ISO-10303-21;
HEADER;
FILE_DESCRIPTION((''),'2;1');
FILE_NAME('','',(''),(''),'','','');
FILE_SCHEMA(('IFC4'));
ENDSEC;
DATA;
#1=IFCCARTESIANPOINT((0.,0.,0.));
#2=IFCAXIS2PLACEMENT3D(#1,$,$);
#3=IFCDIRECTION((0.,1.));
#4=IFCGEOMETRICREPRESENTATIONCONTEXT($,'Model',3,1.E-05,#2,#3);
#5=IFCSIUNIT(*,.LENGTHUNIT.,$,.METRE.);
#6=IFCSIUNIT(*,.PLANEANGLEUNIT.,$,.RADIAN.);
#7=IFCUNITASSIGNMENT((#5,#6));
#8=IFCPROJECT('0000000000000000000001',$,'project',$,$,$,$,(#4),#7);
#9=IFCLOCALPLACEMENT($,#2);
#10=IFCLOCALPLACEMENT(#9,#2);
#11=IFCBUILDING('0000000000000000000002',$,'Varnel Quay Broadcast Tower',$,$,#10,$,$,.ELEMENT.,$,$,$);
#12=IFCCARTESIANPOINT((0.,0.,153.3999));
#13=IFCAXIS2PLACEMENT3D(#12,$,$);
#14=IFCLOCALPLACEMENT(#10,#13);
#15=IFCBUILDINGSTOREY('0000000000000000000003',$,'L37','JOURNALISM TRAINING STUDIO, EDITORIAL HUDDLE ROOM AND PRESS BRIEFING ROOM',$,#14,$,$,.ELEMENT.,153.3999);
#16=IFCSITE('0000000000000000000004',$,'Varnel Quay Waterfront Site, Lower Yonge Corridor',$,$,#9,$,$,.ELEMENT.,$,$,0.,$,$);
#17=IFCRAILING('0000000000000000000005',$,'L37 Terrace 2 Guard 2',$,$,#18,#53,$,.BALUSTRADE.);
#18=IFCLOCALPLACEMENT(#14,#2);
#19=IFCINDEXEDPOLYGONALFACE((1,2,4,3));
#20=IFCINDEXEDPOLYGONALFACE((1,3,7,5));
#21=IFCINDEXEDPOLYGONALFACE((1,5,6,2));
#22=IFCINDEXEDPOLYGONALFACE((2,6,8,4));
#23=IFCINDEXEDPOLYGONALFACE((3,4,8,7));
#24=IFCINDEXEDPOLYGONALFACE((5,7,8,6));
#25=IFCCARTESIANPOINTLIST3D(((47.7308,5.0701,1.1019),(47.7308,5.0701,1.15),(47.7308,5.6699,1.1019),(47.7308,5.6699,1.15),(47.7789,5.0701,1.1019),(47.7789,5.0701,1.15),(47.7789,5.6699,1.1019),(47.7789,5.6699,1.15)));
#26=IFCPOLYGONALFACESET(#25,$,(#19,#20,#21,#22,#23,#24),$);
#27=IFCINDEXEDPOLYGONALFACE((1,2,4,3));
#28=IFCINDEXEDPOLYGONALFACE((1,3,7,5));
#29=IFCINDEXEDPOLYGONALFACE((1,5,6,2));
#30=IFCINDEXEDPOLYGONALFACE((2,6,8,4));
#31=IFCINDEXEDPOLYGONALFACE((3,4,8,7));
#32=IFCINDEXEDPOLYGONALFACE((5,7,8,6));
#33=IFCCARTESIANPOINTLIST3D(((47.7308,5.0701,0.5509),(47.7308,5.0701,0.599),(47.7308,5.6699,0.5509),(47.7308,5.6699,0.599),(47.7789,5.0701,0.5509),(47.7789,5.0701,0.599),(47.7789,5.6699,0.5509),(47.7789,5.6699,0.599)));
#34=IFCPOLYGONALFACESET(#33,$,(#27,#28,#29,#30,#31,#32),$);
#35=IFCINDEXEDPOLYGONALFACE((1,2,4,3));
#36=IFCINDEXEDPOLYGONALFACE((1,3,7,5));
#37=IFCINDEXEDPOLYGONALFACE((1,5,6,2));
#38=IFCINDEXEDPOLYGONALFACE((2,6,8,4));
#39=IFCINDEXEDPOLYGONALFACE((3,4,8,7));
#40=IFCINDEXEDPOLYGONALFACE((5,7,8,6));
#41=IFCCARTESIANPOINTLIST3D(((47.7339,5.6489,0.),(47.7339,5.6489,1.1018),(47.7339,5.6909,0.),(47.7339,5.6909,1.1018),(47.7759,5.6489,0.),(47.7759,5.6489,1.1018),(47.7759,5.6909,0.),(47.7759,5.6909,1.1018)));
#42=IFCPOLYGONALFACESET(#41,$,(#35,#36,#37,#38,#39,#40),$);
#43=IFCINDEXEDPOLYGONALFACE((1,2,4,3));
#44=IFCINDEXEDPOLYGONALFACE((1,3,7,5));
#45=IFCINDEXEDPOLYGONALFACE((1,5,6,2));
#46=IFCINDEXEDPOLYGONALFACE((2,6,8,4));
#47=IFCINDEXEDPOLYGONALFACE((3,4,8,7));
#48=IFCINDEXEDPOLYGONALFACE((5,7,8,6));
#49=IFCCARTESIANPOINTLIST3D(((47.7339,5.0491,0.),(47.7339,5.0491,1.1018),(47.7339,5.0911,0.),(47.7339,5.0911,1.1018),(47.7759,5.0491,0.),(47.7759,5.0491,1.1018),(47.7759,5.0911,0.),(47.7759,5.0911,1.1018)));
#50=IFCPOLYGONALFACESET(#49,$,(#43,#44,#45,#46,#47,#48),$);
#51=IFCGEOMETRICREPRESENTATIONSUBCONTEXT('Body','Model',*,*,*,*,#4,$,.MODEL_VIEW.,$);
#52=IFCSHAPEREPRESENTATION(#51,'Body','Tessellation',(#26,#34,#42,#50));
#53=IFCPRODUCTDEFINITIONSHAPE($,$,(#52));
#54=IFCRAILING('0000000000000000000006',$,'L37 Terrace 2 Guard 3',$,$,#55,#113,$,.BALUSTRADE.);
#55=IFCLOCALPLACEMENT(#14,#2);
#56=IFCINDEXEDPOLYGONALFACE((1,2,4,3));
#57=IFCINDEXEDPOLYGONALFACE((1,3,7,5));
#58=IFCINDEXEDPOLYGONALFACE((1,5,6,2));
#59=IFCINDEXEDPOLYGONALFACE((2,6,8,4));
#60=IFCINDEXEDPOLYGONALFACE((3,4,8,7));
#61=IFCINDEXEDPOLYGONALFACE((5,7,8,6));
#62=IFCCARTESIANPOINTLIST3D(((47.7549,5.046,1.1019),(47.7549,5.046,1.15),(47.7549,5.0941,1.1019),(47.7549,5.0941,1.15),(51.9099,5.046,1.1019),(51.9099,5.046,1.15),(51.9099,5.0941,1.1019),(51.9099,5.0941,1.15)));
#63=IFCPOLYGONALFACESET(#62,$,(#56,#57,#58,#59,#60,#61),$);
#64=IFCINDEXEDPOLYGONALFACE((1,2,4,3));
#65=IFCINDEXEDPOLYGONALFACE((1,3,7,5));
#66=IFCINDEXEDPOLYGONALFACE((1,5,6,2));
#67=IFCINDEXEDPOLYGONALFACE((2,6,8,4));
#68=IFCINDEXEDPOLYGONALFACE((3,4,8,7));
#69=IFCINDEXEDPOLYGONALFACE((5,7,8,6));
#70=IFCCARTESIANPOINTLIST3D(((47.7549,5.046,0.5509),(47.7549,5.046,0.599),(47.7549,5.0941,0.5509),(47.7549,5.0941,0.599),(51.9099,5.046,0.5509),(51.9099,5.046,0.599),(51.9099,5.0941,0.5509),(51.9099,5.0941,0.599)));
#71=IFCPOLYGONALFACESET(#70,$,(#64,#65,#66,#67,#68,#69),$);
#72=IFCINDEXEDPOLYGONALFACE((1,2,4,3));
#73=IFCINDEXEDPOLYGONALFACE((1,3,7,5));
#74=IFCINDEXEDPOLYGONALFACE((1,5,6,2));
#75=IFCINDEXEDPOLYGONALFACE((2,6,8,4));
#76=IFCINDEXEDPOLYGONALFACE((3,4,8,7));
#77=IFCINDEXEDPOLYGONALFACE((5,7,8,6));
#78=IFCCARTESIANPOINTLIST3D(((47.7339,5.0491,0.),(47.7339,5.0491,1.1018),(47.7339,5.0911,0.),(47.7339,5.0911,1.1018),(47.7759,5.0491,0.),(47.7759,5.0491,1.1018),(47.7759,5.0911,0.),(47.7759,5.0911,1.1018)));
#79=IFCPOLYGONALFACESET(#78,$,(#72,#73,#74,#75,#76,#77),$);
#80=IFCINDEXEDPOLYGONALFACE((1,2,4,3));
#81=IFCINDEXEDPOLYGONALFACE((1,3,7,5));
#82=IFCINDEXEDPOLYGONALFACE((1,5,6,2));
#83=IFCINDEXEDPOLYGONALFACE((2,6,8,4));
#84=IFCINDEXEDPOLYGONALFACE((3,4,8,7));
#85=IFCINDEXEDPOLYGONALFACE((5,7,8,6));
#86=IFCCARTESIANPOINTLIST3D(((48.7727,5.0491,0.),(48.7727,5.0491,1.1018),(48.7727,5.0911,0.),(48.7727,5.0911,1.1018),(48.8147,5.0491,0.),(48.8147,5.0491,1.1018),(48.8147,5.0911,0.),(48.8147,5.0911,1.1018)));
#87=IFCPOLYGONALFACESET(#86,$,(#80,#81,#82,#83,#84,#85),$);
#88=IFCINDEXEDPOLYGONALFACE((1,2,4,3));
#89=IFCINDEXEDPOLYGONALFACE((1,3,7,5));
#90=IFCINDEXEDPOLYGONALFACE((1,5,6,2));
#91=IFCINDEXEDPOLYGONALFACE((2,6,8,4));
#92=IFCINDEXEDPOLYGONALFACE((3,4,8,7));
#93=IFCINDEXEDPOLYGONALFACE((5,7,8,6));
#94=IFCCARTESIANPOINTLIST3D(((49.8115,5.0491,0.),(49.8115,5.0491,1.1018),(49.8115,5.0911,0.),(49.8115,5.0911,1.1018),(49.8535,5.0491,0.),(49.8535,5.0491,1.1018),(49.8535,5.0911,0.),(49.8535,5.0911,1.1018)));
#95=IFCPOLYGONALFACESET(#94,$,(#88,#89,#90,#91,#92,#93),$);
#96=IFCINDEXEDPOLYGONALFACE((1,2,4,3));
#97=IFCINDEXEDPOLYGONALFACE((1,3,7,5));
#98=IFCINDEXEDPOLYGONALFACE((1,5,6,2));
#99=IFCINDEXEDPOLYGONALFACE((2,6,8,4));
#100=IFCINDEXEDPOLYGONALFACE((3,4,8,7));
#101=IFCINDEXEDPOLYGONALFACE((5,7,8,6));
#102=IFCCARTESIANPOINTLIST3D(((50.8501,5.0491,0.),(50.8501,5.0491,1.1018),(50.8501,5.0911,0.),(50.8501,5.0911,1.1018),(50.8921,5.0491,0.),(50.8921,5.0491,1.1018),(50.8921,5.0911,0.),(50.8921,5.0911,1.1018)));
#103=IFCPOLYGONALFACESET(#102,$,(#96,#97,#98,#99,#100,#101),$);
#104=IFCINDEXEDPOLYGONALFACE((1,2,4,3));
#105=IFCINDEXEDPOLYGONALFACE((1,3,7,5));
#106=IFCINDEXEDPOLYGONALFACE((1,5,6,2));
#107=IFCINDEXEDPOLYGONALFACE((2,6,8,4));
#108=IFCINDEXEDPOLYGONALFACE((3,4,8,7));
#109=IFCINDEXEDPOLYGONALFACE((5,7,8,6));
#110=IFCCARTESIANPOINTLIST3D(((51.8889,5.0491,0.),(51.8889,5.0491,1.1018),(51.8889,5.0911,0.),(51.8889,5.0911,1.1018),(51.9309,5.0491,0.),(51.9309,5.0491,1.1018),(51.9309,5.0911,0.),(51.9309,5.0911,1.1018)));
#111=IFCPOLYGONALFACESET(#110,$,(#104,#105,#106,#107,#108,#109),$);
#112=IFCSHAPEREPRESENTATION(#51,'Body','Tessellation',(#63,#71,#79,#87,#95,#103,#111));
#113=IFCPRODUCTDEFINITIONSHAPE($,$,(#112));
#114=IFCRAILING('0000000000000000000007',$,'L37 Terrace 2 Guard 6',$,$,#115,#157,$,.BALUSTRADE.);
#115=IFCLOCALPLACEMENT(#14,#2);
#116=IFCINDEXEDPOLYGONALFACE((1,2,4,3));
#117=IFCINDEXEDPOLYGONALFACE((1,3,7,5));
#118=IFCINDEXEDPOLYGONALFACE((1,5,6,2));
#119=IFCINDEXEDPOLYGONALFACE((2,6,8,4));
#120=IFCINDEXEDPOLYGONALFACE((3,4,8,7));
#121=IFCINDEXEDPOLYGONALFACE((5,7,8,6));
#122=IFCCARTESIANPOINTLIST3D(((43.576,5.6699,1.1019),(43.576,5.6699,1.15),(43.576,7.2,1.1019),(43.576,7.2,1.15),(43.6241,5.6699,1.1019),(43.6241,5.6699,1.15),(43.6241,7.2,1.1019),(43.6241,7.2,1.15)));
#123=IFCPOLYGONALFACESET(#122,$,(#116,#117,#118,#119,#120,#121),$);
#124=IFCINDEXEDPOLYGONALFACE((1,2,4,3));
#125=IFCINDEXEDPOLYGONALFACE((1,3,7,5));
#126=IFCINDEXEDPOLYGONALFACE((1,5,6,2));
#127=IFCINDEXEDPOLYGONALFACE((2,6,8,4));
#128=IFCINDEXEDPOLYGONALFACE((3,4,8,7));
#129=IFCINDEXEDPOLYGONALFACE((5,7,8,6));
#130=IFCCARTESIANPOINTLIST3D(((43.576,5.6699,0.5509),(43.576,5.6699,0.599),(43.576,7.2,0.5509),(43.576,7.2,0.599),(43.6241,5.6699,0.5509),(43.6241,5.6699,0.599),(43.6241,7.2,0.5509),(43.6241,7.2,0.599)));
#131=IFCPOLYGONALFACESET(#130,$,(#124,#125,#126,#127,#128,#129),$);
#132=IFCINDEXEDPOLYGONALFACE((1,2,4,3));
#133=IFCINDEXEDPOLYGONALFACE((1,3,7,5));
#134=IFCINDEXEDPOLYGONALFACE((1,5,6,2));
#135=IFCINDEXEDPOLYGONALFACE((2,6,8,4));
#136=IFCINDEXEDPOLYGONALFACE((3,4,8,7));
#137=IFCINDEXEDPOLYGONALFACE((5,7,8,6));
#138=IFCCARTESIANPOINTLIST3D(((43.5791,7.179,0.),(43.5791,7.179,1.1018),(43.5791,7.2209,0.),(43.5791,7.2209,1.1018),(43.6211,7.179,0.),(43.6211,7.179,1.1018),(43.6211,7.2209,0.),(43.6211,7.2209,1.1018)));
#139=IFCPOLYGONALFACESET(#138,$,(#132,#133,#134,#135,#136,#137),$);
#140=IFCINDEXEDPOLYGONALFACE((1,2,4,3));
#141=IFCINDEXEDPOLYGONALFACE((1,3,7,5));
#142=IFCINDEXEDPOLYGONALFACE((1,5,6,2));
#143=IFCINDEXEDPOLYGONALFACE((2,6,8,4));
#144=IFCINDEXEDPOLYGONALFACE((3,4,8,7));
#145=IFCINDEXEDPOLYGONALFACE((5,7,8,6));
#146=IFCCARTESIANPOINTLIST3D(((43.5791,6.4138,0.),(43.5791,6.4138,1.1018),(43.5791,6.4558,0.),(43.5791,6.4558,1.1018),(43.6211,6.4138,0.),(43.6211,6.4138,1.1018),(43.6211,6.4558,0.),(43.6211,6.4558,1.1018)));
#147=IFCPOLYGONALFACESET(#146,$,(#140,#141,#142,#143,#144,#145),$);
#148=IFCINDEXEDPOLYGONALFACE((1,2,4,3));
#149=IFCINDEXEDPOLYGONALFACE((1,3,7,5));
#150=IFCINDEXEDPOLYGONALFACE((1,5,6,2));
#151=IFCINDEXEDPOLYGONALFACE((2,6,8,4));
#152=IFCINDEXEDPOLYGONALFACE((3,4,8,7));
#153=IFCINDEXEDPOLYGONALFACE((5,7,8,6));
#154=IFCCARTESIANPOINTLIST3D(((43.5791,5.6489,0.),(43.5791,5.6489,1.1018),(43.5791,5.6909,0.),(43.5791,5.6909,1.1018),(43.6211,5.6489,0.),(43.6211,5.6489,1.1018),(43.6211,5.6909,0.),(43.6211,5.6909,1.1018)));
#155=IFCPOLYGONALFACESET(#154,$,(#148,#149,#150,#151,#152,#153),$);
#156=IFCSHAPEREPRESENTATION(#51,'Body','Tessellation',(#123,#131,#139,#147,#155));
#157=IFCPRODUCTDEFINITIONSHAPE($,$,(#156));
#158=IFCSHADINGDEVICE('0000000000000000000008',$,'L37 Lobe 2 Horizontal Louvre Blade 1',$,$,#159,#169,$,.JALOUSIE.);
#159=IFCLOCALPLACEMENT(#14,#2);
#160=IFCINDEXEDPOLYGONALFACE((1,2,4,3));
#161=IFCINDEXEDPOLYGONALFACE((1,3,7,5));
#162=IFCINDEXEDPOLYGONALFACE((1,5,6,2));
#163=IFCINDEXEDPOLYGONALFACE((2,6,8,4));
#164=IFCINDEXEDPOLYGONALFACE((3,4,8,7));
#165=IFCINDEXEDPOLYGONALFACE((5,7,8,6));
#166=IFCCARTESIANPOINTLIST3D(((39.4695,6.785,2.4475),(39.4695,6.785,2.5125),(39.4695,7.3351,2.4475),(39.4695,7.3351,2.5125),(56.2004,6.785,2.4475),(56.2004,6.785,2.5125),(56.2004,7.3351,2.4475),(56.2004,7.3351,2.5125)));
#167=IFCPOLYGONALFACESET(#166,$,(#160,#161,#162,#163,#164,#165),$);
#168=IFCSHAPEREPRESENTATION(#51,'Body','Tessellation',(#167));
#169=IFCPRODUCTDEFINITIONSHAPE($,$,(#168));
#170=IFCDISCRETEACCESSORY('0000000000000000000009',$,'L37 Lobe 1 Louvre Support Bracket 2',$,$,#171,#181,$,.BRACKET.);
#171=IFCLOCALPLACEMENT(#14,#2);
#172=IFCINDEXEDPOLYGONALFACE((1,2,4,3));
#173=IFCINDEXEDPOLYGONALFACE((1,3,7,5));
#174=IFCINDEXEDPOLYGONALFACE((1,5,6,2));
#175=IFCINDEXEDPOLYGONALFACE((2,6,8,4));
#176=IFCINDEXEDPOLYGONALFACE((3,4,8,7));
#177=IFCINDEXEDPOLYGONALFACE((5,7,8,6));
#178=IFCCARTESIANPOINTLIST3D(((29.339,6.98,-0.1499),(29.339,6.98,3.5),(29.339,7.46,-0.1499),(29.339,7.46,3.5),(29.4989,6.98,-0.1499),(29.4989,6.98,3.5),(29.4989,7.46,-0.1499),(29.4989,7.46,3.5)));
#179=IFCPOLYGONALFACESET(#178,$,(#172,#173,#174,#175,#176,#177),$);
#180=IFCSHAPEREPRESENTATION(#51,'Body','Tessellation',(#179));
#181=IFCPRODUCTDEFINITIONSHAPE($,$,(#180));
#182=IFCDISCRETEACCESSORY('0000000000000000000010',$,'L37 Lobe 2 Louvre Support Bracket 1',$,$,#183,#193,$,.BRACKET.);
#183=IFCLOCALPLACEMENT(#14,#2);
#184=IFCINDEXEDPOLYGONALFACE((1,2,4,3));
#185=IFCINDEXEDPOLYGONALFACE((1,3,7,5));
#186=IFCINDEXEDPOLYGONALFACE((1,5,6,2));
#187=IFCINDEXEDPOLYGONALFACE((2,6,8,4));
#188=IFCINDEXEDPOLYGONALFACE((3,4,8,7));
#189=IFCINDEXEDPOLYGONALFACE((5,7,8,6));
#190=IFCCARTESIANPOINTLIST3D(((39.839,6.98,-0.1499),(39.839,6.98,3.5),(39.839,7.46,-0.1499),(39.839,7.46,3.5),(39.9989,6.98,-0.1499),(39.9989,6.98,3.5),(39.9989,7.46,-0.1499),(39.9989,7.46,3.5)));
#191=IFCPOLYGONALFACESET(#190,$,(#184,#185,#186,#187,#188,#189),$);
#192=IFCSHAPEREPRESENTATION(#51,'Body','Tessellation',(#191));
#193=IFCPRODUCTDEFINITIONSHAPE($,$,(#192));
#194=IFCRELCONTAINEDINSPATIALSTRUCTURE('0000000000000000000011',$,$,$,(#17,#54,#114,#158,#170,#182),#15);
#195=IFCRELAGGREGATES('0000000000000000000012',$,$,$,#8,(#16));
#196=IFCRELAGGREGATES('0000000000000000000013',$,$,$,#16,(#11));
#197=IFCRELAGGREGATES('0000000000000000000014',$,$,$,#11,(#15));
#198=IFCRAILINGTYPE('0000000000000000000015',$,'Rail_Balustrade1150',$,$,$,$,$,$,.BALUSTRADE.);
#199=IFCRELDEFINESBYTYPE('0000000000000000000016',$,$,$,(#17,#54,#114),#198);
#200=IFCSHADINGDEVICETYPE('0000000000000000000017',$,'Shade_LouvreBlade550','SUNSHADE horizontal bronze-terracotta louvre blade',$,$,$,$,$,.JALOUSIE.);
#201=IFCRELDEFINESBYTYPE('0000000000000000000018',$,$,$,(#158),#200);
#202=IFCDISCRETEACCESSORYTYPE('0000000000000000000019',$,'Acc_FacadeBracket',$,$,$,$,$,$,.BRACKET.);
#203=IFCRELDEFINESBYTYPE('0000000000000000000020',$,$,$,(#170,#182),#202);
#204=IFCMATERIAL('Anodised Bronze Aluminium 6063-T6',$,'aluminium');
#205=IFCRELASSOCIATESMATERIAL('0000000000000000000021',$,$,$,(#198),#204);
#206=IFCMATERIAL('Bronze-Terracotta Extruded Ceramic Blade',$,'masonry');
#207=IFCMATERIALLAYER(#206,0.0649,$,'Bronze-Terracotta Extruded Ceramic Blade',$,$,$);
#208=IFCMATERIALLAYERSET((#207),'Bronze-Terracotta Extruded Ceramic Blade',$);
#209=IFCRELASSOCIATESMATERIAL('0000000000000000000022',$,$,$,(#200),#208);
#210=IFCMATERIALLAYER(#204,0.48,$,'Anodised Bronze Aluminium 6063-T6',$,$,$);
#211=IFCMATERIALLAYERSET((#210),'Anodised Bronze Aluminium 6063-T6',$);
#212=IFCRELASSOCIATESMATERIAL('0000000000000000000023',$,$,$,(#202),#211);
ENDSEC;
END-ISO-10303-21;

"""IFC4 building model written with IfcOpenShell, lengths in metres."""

from ifc_helpers import new_model, si_unit, direction, frame, origin, origin_2d, place, context, subcontext, project, spatial, rectangle, extrude, source, transform, mapped, material, layer, layer_set, type_object, type_shapes, element, save


model = new_model("IFC4")

# Units and contexts
model_context = context("Model", 3, precision=1e-05, world=origin(), true_north=direction((0.0, 1.0)))
body_context = subcontext(model_context, "Body", "Model", "MODEL_VIEW")
ifc_project = project(units=[si_unit("LENGTHUNIT", "METRE"), si_unit("PLANEANGLEUNIT", "RADIAN")], contexts=[model_context])

# Site, building, storey
site_placement = place(None, origin())
site = spatial("IfcSite", under=ifc_project, at=site_placement, Name="Varnel Quay Waterfront Site, Lower Yonge Corridor", CompositionType="ELEMENT", RefElevation=0.0)
building_placement = place(site_placement, origin())
building = spatial("IfcBuilding", under=site, at=building_placement, Name="Varnel Quay Broadcast Tower", CompositionType="ELEMENT")
storey_placement = place(building_placement, frame((0.0, 0.0, 153.3999)))
storey = spatial("IfcBuildingStorey", under=building, at=storey_placement, Name="L37", Description="JOURNALISM TRAINING STUDIO, EDITORIAL HUDDLE ROOM AND PRESS BRIEFING ROOM", CompositionType="ELEMENT", Elevation=153.3999)

# Shared definitions
ifc_material_1 = material(Name="Anodised Bronze Aluminium 6063-T6", Category="aluminium")

# Railings
railing_type = type_object("IfcRailingType", Name="Rail_Balustrade1150", PredefinedType="BALUSTRADE", material=ifc_material_1)
railing_1_placement = place(storey_placement, frame((47.7549, 5.6699, 0.0)))
element("IfcRailing", 1, at=railing_1_placement, inside=storey, type_object=railing_type, Name="L37 Terrace 2 Guard 2", PredefinedType="BALUSTRADE", context=body_context, shape_type="SweptSolid", body=[
    extrude(rectangle(XDim=0.0481, YDim=0.0481, at=origin_2d()), frame((0.0, 0.0, 1.126), z_axis=(0.0, -1.0, 0.0), x_axis=(1.0, 0.0, 0.0)), (0.0, 0.0, 1.0), 0.5999),
    extrude(rectangle(XDim=0.0481, YDim=0.0481, at=origin_2d()), frame((0.0, 0.0, 0.575), z_axis=(0.0, -1.0, 0.0), x_axis=(1.0, 0.0, 0.0)), (0.0, 0.0, 1.0), 0.5999),
    extrude(rectangle(XDim=0.042, YDim=0.042, at=origin_2d()), origin(), (0.0, 0.0, 1.0), 1.1018),
    extrude(rectangle(XDim=0.042, YDim=0.042, at=origin_2d()), frame((0.0, -0.5999, 0.0)), (0.0, 0.0, 1.0), 1.1018),
])
railing_2_placement = place(storey_placement, frame((47.7549, 5.0701, 0.0)))
element("IfcRailing", 2, at=railing_2_placement, inside=storey, type_object=railing_type, Name="L37 Terrace 2 Guard 3", PredefinedType="BALUSTRADE", context=body_context, shape_type="SweptSolid", body=[
    extrude(rectangle(XDim=0.0481, YDim=0.0481, at=origin_2d()), frame((0.0, 0.0, 1.126), z_axis=(1.0, 0.0, 0.0), x_axis=(0.0, 1.0, 0.0)), (0.0, 0.0, 1.0), 4.155),
    extrude(rectangle(XDim=0.0481, YDim=0.0481, at=origin_2d()), frame((0.0, 0.0, 0.575), z_axis=(1.0, 0.0, 0.0), x_axis=(0.0, 1.0, 0.0)), (0.0, 0.0, 1.0), 4.155),
    extrude(rectangle(XDim=0.042, YDim=0.042, at=origin_2d()), origin(), (0.0, 0.0, 1.0), 1.1018),
    extrude(rectangle(XDim=0.042, YDim=0.042, at=origin_2d()), frame((1.0388, 0.0, 0.0)), (0.0, 0.0, 1.0), 1.1018),
    extrude(rectangle(XDim=0.042, YDim=0.042, at=origin_2d()), frame((2.0776, 0.0, 0.0)), (0.0, 0.0, 1.0), 1.1018),
    extrude(rectangle(XDim=0.042, YDim=0.042, at=origin_2d()), frame((3.1162, 0.0, 0.0)), (0.0, 0.0, 1.0), 1.1018),
    extrude(rectangle(XDim=0.042, YDim=0.042, at=origin_2d()), frame((4.155, 0.0, 0.0)), (0.0, 0.0, 1.0), 1.1018),
])
railing_3_placement = place(storey_placement, frame((43.6001, 7.2, 0.0)))
element("IfcRailing", 3, at=railing_3_placement, inside=storey, type_object=railing_type, Name="L37 Terrace 2 Guard 6", PredefinedType="BALUSTRADE", context=body_context, shape_type="SweptSolid", body=[
    extrude(rectangle(XDim=0.0481, YDim=0.0481, at=origin_2d()), frame((0.0, 0.0, 1.126), z_axis=(0.0, -1.0, 0.0), x_axis=(1.0, 0.0, 0.0)), (0.0, 0.0, 1.0), 1.53),
    extrude(rectangle(XDim=0.0481, YDim=0.0481, at=origin_2d()), frame((0.0, 0.0, 0.575), z_axis=(0.0, -1.0, 0.0), x_axis=(1.0, 0.0, 0.0)), (0.0, 0.0, 1.0), 1.53),
    extrude(rectangle(XDim=0.042, YDim=0.042, at=origin_2d()), origin(), (0.0, 0.0, 1.0), 1.1018),
    extrude(rectangle(XDim=0.042, YDim=0.042, at=origin_2d()), frame((0.0, -0.7651, 0.0)), (0.0, 0.0, 1.0), 1.1018),
    extrude(rectangle(XDim=0.042, YDim=0.042, at=origin_2d()), frame((0.0, -1.53, 0.0)), (0.0, 0.0, 1.0), 1.1018),
])

# Shading device
ifc_material_2 = material(Name="Bronze-Terracotta Extruded Ceramic Blade", Category="masonry")
ifc_layer_1 = layer(ifc_material_2, 0.0649, Name="Bronze-Terracotta Extruded Ceramic Blade")
ifc_layer_set_1 = layer_set([ifc_layer_1], Name="Bronze-Terracotta Extruded Ceramic Blade")
shading_device_type = type_object("IfcShadingDeviceType", Name="Shade_LouvreBlade550", Description="SUNSHADE horizontal bronze-terracotta louvre blade", PredefinedType="JALOUSIE", material=ifc_layer_set_1)
shared_shape_1 = source(origin(), body_context, "Body", "SweptSolid", [
    extrude(rectangle(XDim=16.731, YDim=0.55, at=origin_2d()), origin(), (0.0, 0.0, 1.0), 0.0649),
])
type_shapes(shading_device_type, [shared_shape_1])
shading_device_placement = place(storey_placement, frame((47.835, 7.0601, 2.4475), z_axis=(0.0, 0.0, 1.0), x_axis=(1.0, 0.0, 0.0)))
element("IfcShadingDevice", 4, at=shading_device_placement, inside=storey, type_object=shading_device_type, Name="L37 Lobe 2 Horizontal Louvre Blade 1", PredefinedType="JALOUSIE", context=body_context, shape_type="MappedRepresentation", body=[
    mapped(shared_shape_1, transform((0.0, 0.0, 0.0), x_axis=(1.0, 0.0, 0.0), y_axis=(0.0, 1.0, 0.0), z_axis=(0.0, 0.0, 1.0), scale=1.0)),
])

# Discrete accessories
ifc_layer_2 = layer(ifc_material_1, 0.48, Name="Anodised Bronze Aluminium 6063-T6")
ifc_layer_set_2 = layer_set([ifc_layer_2], Name="Anodised Bronze Aluminium 6063-T6")
discrete_accessory_type = type_object("IfcDiscreteAccessoryType", Name="Acc_FacadeBracket", PredefinedType="BRACKET", material=ifc_layer_set_2)
shared_shape_2 = source(origin(), body_context, "Body", "SweptSolid", [
    extrude(rectangle(XDim=0.1599, YDim=0.48, at=origin_2d()), origin(), (0.0, 0.0, 1.0), 3.6499),
])
type_shapes(discrete_accessory_type, [shared_shape_2])
for number, where, z_axis, x_axis, name in (
    (5, (29.4189, 7.22, -0.1499), (0.0, 0.0, 1.0), (1.0, 0.0, 0.0), "L37 Lobe 1 Louvre Support Bracket 2"),
    (6, (39.9189, 7.22, -0.1499), (0.0, 0.0, 1.0), (1.0, 0.0, 0.0), "L37 Lobe 2 Louvre Support Bracket 1"),
):
    element("IfcDiscreteAccessory", number, at=place(storey_placement, frame(where, z_axis=z_axis, x_axis=x_axis)), inside=storey, type_object=discrete_accessory_type, Name=name, PredefinedType="BRACKET", context=body_context, shape_type="MappedRepresentation", body=[
        mapped(shared_shape_2, transform((0.0, 0.0, 0.0), x_axis=(1.0, 0.0, 0.0), y_axis=(0.0, 1.0, 0.0), z_axis=(0.0, 0.0, 1.0), scale=1.0)),
    ])

save(model, "model.ifc")
